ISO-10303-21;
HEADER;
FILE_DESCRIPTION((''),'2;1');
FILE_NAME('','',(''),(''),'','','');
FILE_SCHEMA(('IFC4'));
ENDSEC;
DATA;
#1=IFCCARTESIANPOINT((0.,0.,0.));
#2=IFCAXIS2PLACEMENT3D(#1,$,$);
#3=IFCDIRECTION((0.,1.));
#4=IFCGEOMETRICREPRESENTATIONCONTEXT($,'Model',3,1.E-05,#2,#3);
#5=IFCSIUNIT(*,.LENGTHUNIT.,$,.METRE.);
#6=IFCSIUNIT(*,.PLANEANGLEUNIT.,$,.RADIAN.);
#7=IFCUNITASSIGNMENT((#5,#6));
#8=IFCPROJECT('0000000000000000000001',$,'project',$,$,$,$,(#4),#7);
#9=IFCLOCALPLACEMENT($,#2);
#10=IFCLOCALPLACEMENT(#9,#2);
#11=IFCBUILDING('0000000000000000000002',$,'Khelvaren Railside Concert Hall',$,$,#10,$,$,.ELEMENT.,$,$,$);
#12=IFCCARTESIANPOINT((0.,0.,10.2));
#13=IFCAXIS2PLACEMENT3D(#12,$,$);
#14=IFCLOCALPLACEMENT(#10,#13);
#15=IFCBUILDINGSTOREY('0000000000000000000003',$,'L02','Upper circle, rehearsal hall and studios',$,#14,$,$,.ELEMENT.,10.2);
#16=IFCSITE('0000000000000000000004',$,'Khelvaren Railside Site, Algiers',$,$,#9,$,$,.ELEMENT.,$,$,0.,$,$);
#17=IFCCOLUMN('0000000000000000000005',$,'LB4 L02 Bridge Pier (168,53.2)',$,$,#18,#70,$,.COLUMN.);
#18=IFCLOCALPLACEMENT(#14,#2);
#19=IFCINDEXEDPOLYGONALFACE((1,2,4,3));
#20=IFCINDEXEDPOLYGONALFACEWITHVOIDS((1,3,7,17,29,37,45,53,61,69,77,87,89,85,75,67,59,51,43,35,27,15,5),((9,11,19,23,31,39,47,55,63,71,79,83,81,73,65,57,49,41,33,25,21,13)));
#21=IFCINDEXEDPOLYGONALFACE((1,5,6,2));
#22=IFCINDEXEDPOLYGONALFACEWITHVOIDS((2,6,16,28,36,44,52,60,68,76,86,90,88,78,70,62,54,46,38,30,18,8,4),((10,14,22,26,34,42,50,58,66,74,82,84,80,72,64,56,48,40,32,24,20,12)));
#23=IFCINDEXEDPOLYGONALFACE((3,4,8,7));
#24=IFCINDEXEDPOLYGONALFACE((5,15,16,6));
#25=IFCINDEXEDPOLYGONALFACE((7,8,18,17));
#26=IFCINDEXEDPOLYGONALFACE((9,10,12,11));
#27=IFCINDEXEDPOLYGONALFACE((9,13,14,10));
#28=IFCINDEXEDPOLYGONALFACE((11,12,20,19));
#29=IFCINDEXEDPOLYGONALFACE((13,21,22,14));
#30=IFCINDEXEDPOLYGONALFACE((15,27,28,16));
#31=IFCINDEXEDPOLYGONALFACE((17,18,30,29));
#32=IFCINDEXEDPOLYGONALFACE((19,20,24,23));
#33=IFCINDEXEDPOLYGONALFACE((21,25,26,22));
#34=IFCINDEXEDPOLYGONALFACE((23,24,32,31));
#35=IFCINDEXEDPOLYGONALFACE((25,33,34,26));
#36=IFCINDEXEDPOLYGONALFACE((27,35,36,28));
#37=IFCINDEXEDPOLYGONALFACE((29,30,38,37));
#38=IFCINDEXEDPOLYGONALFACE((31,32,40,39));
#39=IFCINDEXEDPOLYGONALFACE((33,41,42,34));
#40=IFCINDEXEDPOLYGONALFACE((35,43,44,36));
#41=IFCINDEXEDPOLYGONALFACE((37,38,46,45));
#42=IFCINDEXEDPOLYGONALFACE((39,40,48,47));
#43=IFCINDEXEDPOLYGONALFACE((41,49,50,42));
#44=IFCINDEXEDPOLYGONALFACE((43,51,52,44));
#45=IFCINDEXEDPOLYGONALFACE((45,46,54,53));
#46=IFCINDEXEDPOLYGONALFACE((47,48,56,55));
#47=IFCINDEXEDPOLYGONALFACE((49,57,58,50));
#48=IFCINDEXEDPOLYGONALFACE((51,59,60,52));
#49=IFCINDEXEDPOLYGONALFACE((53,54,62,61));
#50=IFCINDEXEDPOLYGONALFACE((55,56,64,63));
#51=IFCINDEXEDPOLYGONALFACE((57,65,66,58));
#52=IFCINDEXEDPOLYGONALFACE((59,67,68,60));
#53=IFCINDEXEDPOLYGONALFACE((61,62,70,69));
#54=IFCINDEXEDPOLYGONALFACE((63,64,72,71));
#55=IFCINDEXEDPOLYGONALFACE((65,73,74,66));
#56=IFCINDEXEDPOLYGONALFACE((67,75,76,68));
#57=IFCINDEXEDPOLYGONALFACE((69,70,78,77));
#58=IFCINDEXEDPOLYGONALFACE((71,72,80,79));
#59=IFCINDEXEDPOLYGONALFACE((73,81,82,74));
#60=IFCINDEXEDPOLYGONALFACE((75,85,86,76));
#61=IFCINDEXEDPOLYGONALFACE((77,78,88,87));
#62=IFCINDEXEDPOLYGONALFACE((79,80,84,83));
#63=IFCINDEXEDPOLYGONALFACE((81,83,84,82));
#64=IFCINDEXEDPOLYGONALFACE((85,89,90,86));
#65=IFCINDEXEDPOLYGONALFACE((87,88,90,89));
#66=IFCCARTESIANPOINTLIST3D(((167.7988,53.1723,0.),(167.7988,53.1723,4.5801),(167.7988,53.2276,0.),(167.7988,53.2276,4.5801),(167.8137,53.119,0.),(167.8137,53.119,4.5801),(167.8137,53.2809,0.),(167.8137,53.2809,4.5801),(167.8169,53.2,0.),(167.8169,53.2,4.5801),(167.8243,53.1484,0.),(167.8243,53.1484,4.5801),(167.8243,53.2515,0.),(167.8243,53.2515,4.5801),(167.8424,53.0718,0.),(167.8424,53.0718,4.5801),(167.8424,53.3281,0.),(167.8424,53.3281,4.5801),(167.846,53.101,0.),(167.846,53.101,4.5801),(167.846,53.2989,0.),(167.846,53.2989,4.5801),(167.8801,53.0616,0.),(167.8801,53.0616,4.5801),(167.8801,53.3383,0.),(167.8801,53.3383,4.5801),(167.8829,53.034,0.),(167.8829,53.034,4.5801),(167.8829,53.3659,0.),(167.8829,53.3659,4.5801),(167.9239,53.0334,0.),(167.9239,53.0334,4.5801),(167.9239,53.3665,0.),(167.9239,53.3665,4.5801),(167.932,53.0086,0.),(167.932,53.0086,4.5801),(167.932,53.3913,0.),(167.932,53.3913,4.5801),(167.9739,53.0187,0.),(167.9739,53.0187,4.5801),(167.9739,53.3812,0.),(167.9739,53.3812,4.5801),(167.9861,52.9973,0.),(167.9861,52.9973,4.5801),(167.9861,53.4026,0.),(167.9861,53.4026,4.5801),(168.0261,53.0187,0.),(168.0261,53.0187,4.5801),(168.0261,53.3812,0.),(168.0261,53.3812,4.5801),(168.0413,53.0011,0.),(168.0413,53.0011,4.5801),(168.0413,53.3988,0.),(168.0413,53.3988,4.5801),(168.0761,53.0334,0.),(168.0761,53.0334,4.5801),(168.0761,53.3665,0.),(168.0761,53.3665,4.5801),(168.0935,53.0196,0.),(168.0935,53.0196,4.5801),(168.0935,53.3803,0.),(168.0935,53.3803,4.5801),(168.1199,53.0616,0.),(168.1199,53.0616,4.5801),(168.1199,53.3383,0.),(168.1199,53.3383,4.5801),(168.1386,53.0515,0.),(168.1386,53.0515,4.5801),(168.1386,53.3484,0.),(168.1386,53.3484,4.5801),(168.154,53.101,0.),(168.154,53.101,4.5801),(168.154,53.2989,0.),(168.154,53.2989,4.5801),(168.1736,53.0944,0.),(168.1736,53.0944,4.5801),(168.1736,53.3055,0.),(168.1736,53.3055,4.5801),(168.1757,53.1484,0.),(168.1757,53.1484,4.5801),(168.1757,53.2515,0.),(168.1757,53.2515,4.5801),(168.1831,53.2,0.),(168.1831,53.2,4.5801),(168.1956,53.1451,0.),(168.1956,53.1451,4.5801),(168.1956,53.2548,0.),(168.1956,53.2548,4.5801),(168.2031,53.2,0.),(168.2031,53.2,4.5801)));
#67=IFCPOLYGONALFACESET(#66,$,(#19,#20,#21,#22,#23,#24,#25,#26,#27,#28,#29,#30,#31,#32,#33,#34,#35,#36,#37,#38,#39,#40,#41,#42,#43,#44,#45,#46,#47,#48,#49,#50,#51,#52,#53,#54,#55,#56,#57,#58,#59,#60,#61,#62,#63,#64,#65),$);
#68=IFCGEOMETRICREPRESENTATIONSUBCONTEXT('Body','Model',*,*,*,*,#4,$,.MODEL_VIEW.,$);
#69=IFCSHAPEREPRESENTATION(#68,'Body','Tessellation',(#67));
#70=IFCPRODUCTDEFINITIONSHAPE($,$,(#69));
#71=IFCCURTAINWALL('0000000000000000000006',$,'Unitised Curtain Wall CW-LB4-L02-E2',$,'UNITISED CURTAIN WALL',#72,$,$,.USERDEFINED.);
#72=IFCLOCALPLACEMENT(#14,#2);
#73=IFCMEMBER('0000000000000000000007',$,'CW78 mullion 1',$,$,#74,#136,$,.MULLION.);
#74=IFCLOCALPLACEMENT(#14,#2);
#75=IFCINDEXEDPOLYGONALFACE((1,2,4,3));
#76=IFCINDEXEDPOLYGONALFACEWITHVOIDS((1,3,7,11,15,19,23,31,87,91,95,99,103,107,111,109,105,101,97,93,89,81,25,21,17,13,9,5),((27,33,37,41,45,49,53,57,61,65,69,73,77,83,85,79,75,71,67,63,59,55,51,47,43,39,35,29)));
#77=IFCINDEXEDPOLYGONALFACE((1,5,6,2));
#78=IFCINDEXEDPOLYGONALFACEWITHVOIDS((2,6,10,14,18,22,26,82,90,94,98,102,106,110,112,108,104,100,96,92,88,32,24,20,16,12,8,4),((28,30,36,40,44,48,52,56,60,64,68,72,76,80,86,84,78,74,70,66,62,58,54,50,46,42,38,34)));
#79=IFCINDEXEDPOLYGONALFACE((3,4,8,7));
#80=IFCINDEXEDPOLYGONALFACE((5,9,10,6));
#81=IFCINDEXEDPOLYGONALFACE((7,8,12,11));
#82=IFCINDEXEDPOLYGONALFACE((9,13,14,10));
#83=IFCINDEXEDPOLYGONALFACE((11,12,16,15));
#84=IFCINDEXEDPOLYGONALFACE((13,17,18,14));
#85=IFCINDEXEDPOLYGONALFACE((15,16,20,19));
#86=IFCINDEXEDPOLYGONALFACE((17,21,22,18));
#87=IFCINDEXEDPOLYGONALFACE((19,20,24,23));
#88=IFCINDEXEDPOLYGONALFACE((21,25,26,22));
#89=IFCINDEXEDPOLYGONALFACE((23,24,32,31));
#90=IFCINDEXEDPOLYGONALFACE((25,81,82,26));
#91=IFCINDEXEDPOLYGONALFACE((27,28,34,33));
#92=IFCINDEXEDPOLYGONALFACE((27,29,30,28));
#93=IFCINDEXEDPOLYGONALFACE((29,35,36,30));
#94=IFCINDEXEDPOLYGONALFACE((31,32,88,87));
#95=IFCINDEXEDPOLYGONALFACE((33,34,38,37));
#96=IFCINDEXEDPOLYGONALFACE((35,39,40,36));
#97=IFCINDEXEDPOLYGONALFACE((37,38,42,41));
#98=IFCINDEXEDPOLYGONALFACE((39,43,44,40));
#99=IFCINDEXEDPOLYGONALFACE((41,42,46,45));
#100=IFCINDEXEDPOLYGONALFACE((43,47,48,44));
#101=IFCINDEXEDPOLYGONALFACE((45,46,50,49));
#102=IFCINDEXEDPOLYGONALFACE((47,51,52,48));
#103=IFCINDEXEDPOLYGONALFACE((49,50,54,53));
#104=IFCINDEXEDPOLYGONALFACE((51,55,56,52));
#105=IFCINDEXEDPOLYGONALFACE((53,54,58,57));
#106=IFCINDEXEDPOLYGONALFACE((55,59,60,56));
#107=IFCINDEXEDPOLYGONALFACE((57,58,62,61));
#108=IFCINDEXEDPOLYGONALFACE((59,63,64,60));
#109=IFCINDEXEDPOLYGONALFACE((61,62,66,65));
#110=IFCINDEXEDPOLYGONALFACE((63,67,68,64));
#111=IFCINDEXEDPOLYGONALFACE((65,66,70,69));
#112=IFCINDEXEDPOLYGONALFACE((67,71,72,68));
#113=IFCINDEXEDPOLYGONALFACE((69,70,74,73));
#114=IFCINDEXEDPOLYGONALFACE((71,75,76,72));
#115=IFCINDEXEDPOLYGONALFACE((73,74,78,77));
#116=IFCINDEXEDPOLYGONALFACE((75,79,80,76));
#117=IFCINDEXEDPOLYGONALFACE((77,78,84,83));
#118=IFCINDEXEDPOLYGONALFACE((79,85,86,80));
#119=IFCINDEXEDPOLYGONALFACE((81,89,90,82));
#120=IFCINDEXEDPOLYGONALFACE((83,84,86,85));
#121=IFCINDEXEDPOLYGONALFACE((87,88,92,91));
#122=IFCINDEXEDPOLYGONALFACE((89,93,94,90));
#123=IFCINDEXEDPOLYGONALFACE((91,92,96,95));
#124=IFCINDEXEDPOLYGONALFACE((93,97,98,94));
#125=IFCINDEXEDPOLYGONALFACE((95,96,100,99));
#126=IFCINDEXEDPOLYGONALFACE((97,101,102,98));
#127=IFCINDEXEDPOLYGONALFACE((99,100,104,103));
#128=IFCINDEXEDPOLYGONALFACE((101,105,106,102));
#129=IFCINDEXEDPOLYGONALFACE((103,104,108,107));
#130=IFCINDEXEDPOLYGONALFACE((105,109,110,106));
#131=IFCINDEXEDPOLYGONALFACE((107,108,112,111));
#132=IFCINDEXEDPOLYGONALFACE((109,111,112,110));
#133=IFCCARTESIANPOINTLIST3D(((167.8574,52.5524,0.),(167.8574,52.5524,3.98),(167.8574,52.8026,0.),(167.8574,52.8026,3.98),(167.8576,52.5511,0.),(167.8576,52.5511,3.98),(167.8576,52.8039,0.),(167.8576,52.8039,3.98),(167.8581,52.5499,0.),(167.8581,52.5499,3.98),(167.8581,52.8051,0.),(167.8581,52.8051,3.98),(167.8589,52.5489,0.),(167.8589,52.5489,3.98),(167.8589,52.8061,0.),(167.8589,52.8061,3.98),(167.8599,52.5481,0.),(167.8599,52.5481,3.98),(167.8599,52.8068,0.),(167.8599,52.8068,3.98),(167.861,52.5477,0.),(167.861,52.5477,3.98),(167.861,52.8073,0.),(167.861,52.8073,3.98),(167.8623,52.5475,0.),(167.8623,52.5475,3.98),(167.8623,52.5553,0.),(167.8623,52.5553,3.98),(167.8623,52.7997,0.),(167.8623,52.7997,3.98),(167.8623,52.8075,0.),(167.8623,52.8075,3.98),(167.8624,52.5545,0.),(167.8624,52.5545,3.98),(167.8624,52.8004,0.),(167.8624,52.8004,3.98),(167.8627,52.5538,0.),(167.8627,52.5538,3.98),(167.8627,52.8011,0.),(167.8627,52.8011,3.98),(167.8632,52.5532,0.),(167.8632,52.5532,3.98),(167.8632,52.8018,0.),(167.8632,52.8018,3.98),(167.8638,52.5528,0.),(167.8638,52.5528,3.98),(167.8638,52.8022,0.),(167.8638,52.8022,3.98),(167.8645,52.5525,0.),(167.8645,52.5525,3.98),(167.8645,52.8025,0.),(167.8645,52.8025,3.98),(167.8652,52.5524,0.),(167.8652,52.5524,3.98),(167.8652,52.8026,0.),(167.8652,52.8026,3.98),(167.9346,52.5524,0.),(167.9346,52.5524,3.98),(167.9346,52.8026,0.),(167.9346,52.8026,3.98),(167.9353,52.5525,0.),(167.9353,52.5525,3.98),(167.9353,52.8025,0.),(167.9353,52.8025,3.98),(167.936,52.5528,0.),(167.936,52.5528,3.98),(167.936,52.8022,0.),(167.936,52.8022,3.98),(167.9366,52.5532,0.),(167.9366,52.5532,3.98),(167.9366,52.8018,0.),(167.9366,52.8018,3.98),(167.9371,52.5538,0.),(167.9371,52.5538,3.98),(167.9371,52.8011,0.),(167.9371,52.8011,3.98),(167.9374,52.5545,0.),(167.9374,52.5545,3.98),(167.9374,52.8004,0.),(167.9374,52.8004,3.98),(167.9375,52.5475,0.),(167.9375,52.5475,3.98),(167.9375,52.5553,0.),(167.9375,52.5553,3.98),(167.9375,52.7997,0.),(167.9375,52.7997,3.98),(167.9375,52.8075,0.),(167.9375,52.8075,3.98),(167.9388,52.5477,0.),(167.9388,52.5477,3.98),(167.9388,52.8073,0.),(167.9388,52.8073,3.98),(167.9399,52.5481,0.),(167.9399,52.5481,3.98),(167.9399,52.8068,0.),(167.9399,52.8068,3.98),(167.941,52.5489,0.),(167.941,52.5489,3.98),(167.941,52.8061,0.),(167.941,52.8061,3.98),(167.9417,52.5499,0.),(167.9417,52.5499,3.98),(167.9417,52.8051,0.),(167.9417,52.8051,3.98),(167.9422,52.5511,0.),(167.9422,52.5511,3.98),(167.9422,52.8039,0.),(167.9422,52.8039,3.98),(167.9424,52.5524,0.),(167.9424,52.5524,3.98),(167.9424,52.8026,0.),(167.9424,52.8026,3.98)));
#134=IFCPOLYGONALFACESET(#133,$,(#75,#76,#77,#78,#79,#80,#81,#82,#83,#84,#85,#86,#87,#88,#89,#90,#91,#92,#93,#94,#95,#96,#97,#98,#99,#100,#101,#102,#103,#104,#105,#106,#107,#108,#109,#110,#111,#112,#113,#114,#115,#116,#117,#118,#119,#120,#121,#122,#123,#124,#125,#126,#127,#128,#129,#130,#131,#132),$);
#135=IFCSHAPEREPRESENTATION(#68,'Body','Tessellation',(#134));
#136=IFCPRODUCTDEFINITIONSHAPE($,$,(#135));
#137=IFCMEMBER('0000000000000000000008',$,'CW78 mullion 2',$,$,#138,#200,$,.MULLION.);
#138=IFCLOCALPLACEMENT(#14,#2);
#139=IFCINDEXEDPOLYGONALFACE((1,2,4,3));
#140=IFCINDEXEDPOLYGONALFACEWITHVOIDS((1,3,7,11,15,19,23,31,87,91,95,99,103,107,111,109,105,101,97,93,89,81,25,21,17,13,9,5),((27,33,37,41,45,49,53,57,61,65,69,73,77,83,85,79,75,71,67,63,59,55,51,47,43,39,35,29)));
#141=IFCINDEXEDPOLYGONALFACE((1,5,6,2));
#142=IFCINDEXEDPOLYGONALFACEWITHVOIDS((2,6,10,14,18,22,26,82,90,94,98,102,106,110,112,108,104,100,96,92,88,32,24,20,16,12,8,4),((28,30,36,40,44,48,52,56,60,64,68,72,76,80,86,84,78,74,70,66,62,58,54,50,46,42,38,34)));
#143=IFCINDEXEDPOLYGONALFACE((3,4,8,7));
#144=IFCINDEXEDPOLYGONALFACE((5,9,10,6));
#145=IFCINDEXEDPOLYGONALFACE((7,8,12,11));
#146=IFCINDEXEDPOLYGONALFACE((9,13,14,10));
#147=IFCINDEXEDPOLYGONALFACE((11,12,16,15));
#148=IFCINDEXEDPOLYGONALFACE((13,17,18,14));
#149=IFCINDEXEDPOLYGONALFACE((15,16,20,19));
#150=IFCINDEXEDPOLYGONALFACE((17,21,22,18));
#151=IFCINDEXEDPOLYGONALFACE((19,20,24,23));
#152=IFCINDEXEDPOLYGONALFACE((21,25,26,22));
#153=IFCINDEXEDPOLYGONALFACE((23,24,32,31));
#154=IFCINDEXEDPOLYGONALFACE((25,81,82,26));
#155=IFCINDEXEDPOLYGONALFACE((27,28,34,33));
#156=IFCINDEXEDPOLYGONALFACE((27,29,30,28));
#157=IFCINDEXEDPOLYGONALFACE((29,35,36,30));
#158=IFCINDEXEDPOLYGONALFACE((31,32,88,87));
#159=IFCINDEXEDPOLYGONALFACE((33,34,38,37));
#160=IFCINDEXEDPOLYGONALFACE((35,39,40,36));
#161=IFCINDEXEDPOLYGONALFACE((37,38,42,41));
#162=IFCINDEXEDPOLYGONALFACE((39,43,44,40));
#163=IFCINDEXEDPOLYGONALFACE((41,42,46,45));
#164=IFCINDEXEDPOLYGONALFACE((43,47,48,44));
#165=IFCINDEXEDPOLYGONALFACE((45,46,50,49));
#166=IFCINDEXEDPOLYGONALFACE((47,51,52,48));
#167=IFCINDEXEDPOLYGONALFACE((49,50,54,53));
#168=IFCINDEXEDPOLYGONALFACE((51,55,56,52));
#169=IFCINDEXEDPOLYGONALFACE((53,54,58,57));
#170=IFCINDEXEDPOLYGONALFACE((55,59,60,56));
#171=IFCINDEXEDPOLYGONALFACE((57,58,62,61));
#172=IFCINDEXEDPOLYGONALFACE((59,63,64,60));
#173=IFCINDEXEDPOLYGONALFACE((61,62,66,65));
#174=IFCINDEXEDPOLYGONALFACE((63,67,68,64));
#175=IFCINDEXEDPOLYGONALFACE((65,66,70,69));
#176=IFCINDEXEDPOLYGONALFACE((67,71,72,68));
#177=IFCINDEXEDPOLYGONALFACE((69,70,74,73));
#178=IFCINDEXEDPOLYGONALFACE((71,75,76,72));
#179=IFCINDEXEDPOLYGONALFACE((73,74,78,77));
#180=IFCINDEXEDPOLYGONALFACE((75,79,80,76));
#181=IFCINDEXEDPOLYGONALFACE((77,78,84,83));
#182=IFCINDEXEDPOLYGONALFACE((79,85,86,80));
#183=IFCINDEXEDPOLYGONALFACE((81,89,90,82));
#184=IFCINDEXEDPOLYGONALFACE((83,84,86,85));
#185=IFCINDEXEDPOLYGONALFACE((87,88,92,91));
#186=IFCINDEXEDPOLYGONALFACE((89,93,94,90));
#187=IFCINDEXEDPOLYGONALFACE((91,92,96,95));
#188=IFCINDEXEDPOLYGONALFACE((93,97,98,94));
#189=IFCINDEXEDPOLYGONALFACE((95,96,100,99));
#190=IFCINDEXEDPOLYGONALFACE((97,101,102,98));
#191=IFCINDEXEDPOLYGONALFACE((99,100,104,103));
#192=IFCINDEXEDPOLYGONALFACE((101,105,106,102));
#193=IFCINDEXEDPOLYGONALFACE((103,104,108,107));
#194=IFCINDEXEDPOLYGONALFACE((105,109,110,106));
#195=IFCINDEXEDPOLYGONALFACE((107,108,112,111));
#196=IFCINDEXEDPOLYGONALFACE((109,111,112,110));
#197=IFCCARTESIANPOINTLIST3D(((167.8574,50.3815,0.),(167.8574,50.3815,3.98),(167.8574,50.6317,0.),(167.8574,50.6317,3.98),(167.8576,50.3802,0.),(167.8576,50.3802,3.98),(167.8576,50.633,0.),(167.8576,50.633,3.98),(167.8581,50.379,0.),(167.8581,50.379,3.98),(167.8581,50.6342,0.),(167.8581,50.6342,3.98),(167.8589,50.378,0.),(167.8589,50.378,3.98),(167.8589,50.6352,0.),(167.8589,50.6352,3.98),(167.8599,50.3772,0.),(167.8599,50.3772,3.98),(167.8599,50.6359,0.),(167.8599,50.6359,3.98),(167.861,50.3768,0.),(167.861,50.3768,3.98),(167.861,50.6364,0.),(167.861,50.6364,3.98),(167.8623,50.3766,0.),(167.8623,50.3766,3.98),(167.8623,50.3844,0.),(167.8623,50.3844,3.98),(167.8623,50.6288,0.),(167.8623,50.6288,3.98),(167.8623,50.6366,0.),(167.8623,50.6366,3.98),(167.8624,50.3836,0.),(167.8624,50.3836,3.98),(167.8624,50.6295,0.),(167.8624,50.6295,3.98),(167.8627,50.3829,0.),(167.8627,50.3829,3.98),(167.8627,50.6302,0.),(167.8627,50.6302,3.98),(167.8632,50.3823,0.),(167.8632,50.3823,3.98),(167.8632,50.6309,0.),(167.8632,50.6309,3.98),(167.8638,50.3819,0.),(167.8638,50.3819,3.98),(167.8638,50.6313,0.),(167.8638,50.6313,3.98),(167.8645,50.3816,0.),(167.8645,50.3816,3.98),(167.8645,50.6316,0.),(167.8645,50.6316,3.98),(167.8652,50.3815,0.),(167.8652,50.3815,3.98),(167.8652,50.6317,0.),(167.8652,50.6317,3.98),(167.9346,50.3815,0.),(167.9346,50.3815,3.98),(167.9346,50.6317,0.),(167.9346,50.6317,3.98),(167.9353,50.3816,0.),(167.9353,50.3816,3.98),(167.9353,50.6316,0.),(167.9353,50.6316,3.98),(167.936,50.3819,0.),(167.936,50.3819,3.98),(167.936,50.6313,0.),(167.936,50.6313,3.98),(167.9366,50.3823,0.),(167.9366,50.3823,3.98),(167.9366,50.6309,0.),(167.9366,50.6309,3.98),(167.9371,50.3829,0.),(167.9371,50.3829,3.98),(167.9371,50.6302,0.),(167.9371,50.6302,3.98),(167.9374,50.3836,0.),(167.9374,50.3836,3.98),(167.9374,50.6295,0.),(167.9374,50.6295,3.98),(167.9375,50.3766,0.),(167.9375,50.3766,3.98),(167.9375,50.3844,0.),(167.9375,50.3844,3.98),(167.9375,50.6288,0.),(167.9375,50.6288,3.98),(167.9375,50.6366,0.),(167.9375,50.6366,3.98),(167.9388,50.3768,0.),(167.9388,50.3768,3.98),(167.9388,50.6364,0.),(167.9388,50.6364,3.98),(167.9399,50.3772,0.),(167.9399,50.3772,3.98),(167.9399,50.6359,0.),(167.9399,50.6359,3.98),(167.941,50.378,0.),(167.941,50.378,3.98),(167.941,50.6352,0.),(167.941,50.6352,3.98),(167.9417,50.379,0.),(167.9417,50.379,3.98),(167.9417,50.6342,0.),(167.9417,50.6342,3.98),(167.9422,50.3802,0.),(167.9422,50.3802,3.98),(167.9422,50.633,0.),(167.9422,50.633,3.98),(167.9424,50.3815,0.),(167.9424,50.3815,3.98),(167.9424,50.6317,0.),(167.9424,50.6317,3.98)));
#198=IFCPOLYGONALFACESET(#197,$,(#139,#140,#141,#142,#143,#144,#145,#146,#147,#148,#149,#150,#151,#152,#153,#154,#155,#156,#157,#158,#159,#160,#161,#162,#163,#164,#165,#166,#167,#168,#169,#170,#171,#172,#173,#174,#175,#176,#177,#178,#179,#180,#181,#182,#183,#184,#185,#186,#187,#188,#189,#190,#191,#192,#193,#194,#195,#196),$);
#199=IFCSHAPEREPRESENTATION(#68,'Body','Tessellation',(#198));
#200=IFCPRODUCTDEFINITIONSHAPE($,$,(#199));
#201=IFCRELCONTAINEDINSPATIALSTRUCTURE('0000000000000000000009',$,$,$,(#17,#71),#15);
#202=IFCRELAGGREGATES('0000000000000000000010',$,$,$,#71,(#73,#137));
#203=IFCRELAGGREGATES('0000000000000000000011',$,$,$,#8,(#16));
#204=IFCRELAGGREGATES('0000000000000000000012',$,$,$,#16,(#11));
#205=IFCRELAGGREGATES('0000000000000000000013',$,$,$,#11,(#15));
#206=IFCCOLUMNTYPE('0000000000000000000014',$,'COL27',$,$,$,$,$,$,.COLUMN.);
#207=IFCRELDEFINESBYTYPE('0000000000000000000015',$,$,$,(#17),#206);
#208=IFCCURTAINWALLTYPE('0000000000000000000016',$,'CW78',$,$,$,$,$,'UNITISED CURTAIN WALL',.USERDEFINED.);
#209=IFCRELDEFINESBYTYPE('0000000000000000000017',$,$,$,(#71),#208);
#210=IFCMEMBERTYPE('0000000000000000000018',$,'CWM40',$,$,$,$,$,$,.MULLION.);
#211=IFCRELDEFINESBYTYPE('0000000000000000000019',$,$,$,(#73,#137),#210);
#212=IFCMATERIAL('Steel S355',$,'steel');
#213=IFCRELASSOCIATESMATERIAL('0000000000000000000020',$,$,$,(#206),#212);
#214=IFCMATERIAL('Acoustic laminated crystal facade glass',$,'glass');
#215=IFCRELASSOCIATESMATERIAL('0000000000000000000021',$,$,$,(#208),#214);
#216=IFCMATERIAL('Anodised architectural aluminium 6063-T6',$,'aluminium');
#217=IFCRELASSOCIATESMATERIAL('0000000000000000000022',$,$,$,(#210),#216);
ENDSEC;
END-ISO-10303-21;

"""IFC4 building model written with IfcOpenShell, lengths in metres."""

from ifc_helpers import new_model, si_unit, direction, frame, origin, origin_2d, place, context, subcontext, project, spatial, hollow_rectangle, hollow_circle, extrude, material, material_profile, profile_set, type_object, element, aggregate, save


model = new_model("IFC4")

# Units and contexts
model_context = context("Model", 3, precision=1e-05, world=origin(), true_north=direction((0.0, 1.0)))
body_context = subcontext(model_context, "Body", "Model", "MODEL_VIEW")
ifc_project = project(units=[si_unit("LENGTHUNIT", "METRE"), si_unit("PLANEANGLEUNIT", "RADIAN")], contexts=[model_context])

# Site, building, storey
site_placement = place(None, origin())
site = spatial("IfcSite", under=ifc_project, at=site_placement, Name="Khelvaren Railside Site, Algiers", CompositionType="ELEMENT", RefElevation=0.0)
building_placement = place(site_placement, origin())
building = spatial("IfcBuilding", under=site, at=building_placement, Name="Khelvaren Railside Concert Hall", CompositionType="ELEMENT")
storey_placement = place(building_placement, frame((0.0, 0.0, 10.2)))
storey = spatial("IfcBuildingStorey", under=building, at=storey_placement, Name="L02", Description="Upper circle, rehearsal hall and studios", CompositionType="ELEMENT", Elevation=10.2)

# Column
ifc_material_1 = material(Name="Steel S355", Category="steel")
ifc_material_profile_1 = material_profile(ifc_material_1, hollow_circle(Radius=0.2031, WallThickness=0.02, at=origin_2d()), Name="CHS 406.4x20")
ifc_profile_set_1 = profile_set([ifc_material_profile_1], Name="Steel S355")
column_type = type_object("IfcColumnType", Name="COL27", PredefinedType="COLUMN", material=ifc_profile_set_1)
column_placement = place(storey_placement, frame((168.0, 53.2, 0.0), z_axis=(0.0, 0.0, 1.0), x_axis=(1.0, 0.0, 0.0)))
element("IfcColumn", 1, at=column_placement, inside=storey, type_object=column_type, Name="LB4 L02 Bridge Pier (168,53.2)", PredefinedType="COLUMN", context=body_context, shape_type="SweptSolid", body=[
    extrude(hollow_circle(Radius=0.2031, WallThickness=0.02, at=origin_2d()), origin(), (0.0, 0.0, 1.0), 4.5801),
])

# Curtain wall, members
ifc_material_2 = material(Name="Acoustic laminated crystal facade glass", Category="glass")
curtain_wall_type = type_object("IfcCurtainWallType", Name="CW78", ElementType="UNITISED CURTAIN WALL", PredefinedType="USERDEFINED", material=ifc_material_2)
curtain_wall_1_placement = place(storey_placement, origin())
curtain_wall_1 = element("IfcCurtainWall", 2, at=curtain_wall_1_placement, inside=storey, type_object=curtain_wall_type, Name="Unitised Curtain Wall CW-LB4-L02-E2", ObjectType="UNITISED CURTAIN WALL", PredefinedType="USERDEFINED")
ifc_material_3 = material(Name="Anodised architectural aluminium 6063-T6", Category="aluminium")
ifc_material_profile_2 = material_profile(ifc_material_3, hollow_rectangle(XDim=0.085, YDim=0.26, WallThickness=0.0049, InnerFilletRadius=0.0029, OuterFilletRadius=0.0049, at=origin_2d()), Name="CWM 85x260x5")
ifc_profile_set_2 = profile_set([ifc_material_profile_2], Name="Anodised architectural aluminium 6063-T6")
member_type_1 = type_object("IfcMemberType", Name="CWM40", PredefinedType="MULLION", material=ifc_profile_set_2)
member_1_placement = place(storey_placement, frame((167.8999, 52.6775, 0.0), z_axis=(0.0, 0.0, 1.0), x_axis=(1.0, 0.0, 0.0)))
member_1 = element("IfcMember", 3, at=member_1_placement, type_object=member_type_1, Name="CW78 mullion 1", PredefinedType="MULLION", context=body_context, shape_type="SweptSolid", body=[
    extrude(hollow_rectangle(XDim=0.085, YDim=0.26, WallThickness=0.0049, InnerFilletRadius=0.0029, OuterFilletRadius=0.0049, at=origin_2d()), origin(), (0.0, 0.0, 1.0), 3.98),
])
member_2_placement = place(storey_placement, frame((167.8999, 50.5066, 0.0), z_axis=(0.0, 0.0, 1.0), x_axis=(1.0, 0.0, 0.0)))
member_2 = element("IfcMember", 4, at=member_2_placement, type_object=member_type_1, Name="CW78 mullion 2", PredefinedType="MULLION", context=body_context, shape_type="SweptSolid", body=[
    extrude(hollow_rectangle(XDim=0.085, YDim=0.26, WallThickness=0.0049, InnerFilletRadius=0.0029, OuterFilletRadius=0.0049, at=origin_2d()), origin(), (0.0, 0.0, 1.0), 3.98),
])

aggregate(curtain_wall_1, [member_1, member_2])

save(model, "model.ifc")
